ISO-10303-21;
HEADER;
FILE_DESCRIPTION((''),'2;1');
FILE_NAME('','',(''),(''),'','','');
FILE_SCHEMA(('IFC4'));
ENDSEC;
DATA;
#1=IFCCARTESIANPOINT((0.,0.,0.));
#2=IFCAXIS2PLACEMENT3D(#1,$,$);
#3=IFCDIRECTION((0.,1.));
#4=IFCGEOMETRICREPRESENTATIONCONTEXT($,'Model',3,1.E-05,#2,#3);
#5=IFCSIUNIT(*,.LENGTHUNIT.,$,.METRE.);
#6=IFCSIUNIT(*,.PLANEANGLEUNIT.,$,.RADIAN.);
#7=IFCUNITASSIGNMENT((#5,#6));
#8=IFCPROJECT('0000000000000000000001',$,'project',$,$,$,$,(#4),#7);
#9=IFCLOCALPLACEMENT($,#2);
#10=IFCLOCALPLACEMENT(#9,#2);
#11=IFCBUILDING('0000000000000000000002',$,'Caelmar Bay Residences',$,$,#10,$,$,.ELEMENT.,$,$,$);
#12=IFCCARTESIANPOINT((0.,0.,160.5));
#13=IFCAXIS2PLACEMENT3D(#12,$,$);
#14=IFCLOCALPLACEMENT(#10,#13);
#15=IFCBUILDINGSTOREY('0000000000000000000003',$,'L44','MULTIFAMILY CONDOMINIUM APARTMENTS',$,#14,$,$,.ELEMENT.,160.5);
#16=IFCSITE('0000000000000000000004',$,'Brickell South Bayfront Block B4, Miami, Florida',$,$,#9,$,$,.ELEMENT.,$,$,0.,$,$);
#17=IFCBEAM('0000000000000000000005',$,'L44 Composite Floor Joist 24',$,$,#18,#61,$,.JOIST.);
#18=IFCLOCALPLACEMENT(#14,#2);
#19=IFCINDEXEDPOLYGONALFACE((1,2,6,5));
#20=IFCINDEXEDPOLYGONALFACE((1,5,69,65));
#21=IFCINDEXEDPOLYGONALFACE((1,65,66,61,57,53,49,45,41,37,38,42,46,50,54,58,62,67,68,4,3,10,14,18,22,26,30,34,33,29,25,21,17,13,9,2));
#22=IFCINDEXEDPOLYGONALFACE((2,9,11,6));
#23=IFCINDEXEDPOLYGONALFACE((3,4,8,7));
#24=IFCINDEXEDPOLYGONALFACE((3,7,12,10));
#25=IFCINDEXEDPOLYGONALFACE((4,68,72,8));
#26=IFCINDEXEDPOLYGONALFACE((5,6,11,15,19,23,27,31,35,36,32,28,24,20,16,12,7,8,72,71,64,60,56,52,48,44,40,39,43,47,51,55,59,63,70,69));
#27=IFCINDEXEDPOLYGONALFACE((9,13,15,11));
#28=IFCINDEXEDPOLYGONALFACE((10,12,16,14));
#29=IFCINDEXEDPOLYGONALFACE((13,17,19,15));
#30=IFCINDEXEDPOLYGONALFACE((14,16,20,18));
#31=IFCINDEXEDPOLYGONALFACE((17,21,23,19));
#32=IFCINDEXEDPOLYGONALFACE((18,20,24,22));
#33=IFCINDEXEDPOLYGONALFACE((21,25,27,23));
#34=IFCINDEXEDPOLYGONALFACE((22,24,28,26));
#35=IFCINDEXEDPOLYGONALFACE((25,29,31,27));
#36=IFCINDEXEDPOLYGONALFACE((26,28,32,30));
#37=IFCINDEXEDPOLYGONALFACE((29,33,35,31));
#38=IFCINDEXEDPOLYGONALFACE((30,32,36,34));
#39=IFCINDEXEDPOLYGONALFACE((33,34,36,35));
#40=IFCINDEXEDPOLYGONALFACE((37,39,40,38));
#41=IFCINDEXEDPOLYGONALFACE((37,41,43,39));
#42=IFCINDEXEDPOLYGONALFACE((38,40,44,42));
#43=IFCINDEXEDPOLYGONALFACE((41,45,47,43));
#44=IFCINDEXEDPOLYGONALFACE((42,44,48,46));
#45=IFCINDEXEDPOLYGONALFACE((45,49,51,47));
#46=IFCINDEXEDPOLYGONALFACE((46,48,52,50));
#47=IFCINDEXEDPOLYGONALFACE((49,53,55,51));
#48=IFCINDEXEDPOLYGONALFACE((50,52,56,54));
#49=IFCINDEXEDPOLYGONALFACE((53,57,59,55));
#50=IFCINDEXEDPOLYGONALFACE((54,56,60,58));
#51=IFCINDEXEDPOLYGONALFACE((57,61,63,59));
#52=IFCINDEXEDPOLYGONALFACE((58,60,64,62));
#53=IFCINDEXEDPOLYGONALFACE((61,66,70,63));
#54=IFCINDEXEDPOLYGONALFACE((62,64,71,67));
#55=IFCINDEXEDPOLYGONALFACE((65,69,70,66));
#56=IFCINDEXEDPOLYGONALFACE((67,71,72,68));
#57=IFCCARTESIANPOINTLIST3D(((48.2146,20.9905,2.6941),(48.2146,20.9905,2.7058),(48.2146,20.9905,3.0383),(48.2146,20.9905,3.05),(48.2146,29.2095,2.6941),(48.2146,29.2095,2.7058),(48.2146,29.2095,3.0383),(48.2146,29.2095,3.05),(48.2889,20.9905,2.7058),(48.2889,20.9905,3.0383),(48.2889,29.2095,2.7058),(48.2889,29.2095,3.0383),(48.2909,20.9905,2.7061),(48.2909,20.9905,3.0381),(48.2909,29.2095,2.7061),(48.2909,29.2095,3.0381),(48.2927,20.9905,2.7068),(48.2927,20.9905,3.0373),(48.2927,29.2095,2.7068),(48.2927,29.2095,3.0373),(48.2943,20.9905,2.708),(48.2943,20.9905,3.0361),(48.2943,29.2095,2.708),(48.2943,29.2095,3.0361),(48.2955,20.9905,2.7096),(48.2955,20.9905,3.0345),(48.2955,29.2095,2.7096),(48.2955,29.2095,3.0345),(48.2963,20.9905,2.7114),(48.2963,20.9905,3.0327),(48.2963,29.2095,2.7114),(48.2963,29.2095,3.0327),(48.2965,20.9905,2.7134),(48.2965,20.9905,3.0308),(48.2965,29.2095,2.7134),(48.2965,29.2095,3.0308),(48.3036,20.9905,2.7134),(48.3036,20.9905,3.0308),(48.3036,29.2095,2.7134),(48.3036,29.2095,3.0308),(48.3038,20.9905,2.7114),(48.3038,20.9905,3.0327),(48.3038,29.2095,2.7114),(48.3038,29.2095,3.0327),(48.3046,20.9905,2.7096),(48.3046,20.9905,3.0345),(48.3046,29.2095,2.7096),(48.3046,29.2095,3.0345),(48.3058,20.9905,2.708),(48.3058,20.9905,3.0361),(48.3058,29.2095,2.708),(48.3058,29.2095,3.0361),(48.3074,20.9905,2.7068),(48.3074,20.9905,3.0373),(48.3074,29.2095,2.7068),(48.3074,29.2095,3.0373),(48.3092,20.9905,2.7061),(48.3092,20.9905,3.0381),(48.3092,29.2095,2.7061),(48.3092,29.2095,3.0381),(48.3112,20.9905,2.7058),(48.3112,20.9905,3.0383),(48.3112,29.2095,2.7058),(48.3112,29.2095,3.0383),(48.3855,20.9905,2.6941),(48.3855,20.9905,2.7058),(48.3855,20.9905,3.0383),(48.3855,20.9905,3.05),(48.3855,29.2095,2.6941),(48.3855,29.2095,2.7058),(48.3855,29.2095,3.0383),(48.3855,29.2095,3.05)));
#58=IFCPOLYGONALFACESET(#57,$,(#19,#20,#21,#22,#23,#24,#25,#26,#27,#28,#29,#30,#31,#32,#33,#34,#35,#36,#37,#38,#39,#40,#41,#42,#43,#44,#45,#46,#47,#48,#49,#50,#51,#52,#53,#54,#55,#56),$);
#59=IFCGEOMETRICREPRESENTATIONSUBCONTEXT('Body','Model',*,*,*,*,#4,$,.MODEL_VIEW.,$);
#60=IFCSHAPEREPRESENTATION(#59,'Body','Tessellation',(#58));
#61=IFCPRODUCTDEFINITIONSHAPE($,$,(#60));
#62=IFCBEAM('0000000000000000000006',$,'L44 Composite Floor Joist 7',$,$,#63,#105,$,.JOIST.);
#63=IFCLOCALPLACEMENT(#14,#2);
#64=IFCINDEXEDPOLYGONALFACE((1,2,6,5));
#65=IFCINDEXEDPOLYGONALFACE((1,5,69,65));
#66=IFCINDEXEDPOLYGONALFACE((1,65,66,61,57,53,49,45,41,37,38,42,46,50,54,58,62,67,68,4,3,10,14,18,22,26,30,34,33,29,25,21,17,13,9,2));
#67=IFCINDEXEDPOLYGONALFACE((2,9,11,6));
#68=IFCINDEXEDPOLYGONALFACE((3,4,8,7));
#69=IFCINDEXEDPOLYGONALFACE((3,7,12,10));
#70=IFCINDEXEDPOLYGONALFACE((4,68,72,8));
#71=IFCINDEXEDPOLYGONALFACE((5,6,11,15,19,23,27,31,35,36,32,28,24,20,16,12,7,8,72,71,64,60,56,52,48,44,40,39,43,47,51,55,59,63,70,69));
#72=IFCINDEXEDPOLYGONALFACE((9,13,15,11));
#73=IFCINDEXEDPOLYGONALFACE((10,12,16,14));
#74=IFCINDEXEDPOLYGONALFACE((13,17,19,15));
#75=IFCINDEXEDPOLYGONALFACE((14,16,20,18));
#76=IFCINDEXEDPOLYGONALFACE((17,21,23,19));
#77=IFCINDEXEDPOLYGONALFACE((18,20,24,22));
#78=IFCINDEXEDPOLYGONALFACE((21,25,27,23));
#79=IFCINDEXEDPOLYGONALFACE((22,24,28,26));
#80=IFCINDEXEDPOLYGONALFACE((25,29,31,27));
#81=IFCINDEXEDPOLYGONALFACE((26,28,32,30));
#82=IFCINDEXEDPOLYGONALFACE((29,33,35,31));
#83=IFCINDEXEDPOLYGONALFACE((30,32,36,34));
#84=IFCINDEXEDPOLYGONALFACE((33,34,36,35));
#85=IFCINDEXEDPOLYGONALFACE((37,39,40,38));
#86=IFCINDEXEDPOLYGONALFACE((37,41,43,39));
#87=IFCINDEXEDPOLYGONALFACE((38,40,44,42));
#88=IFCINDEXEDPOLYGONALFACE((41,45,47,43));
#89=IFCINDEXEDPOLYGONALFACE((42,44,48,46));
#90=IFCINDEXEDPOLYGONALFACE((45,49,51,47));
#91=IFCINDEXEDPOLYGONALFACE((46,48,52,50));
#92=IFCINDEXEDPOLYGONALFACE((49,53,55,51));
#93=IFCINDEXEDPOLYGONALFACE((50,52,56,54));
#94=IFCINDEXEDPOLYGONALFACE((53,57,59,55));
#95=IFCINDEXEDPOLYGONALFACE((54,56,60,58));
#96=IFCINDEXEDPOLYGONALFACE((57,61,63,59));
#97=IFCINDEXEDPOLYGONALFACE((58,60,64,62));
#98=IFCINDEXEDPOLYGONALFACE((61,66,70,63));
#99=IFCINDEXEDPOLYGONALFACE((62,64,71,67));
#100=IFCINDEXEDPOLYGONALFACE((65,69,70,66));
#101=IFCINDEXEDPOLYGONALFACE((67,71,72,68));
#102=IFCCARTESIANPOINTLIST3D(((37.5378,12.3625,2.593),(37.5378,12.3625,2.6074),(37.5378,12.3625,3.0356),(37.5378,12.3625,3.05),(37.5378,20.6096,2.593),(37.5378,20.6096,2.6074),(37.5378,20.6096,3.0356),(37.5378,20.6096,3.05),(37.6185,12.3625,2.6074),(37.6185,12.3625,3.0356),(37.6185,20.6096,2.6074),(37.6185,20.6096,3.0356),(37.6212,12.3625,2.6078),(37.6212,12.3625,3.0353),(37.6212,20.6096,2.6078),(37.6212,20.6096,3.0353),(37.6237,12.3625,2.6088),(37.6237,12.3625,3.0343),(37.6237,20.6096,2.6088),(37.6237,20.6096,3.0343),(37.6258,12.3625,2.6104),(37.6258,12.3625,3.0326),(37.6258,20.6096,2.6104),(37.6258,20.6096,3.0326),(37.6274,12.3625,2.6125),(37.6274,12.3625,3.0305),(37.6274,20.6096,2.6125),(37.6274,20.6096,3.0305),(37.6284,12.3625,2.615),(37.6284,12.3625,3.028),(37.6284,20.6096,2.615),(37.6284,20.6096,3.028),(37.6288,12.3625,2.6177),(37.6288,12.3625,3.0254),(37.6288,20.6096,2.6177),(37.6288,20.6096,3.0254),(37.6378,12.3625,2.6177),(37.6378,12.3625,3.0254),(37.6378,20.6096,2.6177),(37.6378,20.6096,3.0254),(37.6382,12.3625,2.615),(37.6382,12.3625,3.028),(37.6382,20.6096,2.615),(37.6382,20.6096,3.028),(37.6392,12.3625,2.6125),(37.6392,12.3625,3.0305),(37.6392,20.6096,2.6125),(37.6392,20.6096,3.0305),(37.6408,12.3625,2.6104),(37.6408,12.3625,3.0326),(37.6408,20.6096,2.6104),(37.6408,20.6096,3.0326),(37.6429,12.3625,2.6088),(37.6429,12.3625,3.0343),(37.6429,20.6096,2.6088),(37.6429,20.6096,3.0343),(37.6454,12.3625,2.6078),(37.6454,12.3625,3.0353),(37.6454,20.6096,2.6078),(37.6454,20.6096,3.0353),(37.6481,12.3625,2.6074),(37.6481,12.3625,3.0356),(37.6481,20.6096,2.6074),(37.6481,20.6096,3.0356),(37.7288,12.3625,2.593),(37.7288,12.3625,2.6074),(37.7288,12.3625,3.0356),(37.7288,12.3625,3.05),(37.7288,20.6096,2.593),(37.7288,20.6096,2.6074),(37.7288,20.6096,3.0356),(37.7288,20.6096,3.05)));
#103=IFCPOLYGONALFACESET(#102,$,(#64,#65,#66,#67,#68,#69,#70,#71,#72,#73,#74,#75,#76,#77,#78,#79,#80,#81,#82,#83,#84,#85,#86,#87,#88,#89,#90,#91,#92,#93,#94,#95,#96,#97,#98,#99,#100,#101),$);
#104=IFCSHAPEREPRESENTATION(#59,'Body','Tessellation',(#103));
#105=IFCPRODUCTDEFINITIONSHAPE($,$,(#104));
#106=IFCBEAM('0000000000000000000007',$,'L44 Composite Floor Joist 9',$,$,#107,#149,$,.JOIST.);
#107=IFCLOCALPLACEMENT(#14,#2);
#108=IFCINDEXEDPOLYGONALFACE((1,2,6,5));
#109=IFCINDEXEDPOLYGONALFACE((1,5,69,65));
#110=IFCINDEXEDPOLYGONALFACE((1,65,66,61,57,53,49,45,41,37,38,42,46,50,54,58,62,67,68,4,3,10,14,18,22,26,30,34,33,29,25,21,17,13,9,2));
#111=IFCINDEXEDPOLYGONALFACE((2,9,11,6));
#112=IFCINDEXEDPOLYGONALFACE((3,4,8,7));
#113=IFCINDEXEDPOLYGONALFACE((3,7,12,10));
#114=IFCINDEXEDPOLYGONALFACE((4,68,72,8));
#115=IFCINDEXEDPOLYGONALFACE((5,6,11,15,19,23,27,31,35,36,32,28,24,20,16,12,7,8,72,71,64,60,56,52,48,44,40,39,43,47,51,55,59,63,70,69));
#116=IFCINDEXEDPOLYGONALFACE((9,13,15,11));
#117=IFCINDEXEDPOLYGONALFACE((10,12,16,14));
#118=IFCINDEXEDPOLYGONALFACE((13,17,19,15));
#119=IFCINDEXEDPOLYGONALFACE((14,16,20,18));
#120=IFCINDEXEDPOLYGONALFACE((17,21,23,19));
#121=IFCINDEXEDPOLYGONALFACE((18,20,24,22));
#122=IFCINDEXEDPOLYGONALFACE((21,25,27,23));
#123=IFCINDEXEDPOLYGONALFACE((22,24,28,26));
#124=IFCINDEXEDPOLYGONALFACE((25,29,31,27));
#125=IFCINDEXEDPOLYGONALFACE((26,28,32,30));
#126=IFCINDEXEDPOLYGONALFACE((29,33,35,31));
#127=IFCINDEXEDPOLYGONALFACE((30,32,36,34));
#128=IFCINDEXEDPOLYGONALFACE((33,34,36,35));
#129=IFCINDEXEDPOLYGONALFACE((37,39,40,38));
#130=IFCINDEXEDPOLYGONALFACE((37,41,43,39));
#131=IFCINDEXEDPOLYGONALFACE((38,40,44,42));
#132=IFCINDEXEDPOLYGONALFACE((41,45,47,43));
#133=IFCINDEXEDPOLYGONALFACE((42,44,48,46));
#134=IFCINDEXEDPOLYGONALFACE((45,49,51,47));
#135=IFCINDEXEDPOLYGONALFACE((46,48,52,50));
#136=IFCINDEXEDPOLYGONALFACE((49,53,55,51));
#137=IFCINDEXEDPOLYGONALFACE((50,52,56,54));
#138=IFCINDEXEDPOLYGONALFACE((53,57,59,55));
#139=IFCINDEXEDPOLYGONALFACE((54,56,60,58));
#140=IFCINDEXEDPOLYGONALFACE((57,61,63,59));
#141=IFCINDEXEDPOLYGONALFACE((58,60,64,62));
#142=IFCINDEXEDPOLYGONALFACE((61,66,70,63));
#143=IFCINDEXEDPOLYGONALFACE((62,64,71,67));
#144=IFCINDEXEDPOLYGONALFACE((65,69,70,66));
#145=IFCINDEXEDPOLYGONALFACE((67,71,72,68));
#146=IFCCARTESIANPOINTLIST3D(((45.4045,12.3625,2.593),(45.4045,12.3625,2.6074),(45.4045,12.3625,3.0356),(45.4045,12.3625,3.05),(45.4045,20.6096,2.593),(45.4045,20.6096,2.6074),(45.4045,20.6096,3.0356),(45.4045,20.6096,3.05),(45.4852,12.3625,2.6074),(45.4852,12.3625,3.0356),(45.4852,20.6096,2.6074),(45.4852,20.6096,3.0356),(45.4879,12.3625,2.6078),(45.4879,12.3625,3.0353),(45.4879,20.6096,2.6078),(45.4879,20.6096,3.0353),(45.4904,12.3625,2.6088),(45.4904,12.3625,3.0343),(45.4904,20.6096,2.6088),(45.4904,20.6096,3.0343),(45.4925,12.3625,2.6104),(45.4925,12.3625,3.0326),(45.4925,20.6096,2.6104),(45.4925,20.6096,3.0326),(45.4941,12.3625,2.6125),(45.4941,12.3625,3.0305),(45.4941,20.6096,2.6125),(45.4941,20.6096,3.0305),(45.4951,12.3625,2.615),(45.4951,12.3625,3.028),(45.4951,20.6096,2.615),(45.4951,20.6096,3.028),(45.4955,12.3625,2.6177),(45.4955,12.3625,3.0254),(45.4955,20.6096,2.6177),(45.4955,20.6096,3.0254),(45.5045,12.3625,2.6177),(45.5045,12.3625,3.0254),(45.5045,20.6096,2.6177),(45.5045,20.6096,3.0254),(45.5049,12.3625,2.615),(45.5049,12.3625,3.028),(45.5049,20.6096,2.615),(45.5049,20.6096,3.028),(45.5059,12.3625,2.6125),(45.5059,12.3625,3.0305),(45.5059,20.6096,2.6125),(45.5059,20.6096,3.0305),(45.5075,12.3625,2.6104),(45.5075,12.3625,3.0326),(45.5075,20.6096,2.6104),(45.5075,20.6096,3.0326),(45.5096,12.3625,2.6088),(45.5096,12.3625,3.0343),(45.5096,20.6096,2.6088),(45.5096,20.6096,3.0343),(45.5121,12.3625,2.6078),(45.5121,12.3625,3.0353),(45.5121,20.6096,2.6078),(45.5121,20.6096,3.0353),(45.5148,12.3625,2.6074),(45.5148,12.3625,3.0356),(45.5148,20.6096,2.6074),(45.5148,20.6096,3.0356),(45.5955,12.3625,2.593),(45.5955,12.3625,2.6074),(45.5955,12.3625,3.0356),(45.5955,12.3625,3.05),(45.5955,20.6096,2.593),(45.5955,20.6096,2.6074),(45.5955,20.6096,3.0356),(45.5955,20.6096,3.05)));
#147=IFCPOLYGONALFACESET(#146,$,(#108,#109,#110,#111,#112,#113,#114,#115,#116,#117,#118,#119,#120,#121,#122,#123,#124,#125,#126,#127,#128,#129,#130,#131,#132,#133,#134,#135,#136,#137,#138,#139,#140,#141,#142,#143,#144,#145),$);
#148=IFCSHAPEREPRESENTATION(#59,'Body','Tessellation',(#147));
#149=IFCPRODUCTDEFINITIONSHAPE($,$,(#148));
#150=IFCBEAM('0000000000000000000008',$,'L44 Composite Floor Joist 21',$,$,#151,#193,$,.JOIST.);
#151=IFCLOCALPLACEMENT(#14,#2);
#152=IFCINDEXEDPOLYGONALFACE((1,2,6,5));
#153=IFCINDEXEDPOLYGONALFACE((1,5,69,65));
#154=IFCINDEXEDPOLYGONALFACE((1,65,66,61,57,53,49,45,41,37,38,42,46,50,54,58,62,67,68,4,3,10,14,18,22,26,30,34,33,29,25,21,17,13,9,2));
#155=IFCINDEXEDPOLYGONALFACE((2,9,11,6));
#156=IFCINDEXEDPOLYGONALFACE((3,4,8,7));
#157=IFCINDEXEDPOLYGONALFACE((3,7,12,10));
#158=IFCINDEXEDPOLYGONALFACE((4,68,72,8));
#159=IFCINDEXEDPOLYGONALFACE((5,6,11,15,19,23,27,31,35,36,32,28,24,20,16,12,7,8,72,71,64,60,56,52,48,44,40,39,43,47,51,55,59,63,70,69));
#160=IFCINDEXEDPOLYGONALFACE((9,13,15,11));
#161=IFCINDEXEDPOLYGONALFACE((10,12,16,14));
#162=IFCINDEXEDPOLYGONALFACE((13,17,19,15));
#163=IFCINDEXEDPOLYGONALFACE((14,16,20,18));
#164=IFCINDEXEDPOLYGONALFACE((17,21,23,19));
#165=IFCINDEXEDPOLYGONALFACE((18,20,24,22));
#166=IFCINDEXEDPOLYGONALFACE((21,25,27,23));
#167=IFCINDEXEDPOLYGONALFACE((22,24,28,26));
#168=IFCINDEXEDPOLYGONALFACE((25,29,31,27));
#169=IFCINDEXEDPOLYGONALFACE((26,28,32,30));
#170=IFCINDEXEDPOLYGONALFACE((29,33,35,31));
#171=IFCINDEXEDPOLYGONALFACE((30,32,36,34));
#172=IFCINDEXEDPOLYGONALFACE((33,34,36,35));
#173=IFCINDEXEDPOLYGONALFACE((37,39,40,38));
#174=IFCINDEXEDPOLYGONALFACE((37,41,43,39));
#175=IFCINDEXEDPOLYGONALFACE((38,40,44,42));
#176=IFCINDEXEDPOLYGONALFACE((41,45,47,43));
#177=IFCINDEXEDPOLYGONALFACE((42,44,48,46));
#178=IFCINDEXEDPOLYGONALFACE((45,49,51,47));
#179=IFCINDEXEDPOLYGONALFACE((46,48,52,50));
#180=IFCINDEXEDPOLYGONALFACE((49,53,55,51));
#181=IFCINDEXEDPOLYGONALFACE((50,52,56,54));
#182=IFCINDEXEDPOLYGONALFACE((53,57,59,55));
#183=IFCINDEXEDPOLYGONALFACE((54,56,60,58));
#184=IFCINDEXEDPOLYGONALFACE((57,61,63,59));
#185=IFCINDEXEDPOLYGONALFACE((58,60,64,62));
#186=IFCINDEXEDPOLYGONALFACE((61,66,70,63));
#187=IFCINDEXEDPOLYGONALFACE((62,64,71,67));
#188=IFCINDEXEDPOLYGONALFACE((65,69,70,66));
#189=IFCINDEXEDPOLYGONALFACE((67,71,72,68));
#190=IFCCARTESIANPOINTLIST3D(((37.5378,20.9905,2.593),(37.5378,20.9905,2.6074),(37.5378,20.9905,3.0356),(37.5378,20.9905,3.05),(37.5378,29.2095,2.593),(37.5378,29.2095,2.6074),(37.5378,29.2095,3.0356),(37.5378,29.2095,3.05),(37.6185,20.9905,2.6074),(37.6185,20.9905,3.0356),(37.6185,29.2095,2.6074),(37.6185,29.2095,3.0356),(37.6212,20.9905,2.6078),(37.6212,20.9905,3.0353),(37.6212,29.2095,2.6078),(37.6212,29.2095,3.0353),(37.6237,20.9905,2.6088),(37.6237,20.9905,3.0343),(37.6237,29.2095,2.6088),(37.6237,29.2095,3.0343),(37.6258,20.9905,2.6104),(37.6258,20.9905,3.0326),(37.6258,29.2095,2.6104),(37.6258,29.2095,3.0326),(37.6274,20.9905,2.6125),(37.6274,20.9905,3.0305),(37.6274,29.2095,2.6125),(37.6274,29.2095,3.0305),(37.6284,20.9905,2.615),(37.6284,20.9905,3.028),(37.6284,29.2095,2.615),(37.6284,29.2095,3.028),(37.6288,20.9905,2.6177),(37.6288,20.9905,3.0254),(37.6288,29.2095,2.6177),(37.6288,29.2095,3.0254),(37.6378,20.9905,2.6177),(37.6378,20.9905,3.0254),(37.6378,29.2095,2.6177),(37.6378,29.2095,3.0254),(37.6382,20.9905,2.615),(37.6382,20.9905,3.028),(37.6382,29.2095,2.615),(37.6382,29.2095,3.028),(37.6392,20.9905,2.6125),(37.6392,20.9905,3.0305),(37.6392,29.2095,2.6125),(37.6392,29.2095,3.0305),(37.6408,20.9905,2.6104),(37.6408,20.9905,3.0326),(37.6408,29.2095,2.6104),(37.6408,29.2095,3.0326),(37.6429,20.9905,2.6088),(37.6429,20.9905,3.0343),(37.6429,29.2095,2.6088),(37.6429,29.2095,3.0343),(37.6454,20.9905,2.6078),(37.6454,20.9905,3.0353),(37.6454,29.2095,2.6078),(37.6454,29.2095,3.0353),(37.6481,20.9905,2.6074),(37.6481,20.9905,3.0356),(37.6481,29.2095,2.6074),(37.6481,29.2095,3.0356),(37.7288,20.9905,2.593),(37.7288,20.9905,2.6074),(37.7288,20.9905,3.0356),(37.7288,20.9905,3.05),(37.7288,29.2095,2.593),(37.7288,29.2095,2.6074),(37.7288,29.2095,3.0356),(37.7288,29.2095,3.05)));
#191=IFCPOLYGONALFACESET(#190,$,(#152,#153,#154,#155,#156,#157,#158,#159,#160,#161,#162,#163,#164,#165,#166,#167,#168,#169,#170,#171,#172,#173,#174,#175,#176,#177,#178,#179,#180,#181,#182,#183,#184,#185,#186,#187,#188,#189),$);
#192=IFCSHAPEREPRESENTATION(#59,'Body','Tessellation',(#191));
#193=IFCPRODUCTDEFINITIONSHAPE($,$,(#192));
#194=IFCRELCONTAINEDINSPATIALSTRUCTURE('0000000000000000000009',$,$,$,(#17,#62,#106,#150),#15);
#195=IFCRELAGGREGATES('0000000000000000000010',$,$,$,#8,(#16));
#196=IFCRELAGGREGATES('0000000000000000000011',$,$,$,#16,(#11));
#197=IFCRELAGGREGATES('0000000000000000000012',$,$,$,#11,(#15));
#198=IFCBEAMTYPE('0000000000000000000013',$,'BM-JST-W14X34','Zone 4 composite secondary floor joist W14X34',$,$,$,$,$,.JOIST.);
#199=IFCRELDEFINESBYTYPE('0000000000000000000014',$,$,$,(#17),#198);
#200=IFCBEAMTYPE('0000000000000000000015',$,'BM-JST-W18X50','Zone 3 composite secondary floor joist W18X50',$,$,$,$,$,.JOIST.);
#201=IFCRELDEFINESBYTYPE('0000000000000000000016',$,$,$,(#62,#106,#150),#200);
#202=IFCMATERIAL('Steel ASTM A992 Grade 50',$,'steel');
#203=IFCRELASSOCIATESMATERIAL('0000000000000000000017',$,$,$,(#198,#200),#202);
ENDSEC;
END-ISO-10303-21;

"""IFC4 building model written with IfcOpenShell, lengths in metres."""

from ifc_helpers import new_model, si_unit, direction, frame, origin, origin_2d, place, context, subcontext, project, spatial, i_section, extrude, material, material_profile, profile_set, type_object, element, save


model = new_model("IFC4")

# Units and contexts
model_context = context("Model", 3, precision=1e-05, world=origin(), true_north=direction((0.0, 1.0)))
body_context = subcontext(model_context, "Body", "Model", "MODEL_VIEW")
ifc_project = project(units=[si_unit("LENGTHUNIT", "METRE"), si_unit("PLANEANGLEUNIT", "RADIAN")], contexts=[model_context])

# Site, building, storey
site_placement = place(None, origin())
site = spatial("IfcSite", under=ifc_project, at=site_placement, Name="Brickell South Bayfront Block B4, Miami, Florida", CompositionType="ELEMENT", RefElevation=0.0)
building_placement = place(site_placement, origin())
building = spatial("IfcBuilding", under=site, at=building_placement, Name="Caelmar Bay Residences", CompositionType="ELEMENT")
storey_placement = place(building_placement, frame((0.0, 0.0, 160.5)))
storey = spatial("IfcBuildingStorey", under=building, at=storey_placement, Name="L44", Description="MULTIFAMILY CONDOMINIUM APARTMENTS", CompositionType="ELEMENT", Elevation=160.5)

# Beams
ifc_material_1 = material(Name="Steel ASTM A992 Grade 50", Category="steel")
ifc_material_profile_1 = material_profile(ifc_material_1, i_section(OverallWidth=0.1709, OverallDepth=0.356, WebThickness=0.0071, FlangeThickness=0.0117, FilletRadius=0.0076, at=origin_2d()), Name="W14X34")
ifc_profile_set_1 = profile_set([ifc_material_profile_1], Name="Steel ASTM A992 Grade 50")
beam_type_1 = type_object("IfcBeamType", Name="BM-JST-W14X34", Description="Zone 4 composite secondary floor joist W14X34", PredefinedType="JOIST", material=ifc_profile_set_1)
for number, where, z_axis, x_axis, name in (
    (1, (48.3, 20.9905, 2.8721), (0.0, 1.0, 0.0), (-1.0, 0.0, 0.0), "L44 Composite Floor Joist 24"),
):
    element("IfcBeam", number, at=place(storey_placement, frame(where, z_axis=z_axis, x_axis=x_axis)), inside=storey, type_object=beam_type_1, Name=name, PredefinedType="JOIST", context=body_context, shape_type="SweptSolid", body=[
        extrude(i_section(OverallWidth=0.1709, OverallDepth=0.356, WebThickness=0.0071, FlangeThickness=0.0117, FilletRadius=0.0076, at=origin_2d()), origin(), (0.0, 0.0, 1.0), 8.219),
    ])
ifc_material_profile_2 = material_profile(ifc_material_1, i_section(OverallWidth=0.1909, OverallDepth=0.457, WebThickness=0.009, FlangeThickness=0.0144, FilletRadius=0.0103, at=origin_2d()), Name="W18X50")
ifc_profile_set_2 = profile_set([ifc_material_profile_2], Name="Steel ASTM A992 Grade 50")
beam_type_2 = type_object("IfcBeamType", Name="BM-JST-W18X50", Description="Zone 3 composite secondary floor joist W18X50", PredefinedType="JOIST", material=ifc_profile_set_2)
for number, where, z_axis, x_axis, name in (
    (2, (37.6333, 12.3625, 2.8215), (0.0, 1.0, 0.0), (-1.0, 0.0, 0.0), "L44 Composite Floor Joist 7"),
    (3, (45.5, 12.3625, 2.8215), (0.0, 1.0, 0.0), (-1.0, 0.0, 0.0), "L44 Composite Floor Joist 9"),
):
    element("IfcBeam", number, at=place(storey_placement, frame(where, z_axis=z_axis, x_axis=x_axis)), inside=storey, type_object=beam_type_2, Name=name, PredefinedType="JOIST", context=body_context, shape_type="SweptSolid", body=[
        extrude(i_section(OverallWidth=0.1909, OverallDepth=0.457, WebThickness=0.009, FlangeThickness=0.0144, FilletRadius=0.0103, at=origin_2d()), origin(), (0.0, 0.0, 1.0), 8.2471),
    ])
for number, where, z_axis, x_axis, name in (
    (4, (37.6333, 20.9905, 2.8215), (0.0, 1.0, 0.0), (-1.0, 0.0, 0.0), "L44 Composite Floor Joist 21"),
):
    element("IfcBeam", number, at=place(storey_placement, frame(where, z_axis=z_axis, x_axis=x_axis)), inside=storey, type_object=beam_type_2, Name=name, PredefinedType="JOIST", context=body_context, shape_type="SweptSolid", body=[
        extrude(i_section(OverallWidth=0.1909, OverallDepth=0.457, WebThickness=0.009, FlangeThickness=0.0144, FilletRadius=0.0103, at=origin_2d()), origin(), (0.0, 0.0, 1.0), 8.219),
    ])

save(model, "model.ifc")
